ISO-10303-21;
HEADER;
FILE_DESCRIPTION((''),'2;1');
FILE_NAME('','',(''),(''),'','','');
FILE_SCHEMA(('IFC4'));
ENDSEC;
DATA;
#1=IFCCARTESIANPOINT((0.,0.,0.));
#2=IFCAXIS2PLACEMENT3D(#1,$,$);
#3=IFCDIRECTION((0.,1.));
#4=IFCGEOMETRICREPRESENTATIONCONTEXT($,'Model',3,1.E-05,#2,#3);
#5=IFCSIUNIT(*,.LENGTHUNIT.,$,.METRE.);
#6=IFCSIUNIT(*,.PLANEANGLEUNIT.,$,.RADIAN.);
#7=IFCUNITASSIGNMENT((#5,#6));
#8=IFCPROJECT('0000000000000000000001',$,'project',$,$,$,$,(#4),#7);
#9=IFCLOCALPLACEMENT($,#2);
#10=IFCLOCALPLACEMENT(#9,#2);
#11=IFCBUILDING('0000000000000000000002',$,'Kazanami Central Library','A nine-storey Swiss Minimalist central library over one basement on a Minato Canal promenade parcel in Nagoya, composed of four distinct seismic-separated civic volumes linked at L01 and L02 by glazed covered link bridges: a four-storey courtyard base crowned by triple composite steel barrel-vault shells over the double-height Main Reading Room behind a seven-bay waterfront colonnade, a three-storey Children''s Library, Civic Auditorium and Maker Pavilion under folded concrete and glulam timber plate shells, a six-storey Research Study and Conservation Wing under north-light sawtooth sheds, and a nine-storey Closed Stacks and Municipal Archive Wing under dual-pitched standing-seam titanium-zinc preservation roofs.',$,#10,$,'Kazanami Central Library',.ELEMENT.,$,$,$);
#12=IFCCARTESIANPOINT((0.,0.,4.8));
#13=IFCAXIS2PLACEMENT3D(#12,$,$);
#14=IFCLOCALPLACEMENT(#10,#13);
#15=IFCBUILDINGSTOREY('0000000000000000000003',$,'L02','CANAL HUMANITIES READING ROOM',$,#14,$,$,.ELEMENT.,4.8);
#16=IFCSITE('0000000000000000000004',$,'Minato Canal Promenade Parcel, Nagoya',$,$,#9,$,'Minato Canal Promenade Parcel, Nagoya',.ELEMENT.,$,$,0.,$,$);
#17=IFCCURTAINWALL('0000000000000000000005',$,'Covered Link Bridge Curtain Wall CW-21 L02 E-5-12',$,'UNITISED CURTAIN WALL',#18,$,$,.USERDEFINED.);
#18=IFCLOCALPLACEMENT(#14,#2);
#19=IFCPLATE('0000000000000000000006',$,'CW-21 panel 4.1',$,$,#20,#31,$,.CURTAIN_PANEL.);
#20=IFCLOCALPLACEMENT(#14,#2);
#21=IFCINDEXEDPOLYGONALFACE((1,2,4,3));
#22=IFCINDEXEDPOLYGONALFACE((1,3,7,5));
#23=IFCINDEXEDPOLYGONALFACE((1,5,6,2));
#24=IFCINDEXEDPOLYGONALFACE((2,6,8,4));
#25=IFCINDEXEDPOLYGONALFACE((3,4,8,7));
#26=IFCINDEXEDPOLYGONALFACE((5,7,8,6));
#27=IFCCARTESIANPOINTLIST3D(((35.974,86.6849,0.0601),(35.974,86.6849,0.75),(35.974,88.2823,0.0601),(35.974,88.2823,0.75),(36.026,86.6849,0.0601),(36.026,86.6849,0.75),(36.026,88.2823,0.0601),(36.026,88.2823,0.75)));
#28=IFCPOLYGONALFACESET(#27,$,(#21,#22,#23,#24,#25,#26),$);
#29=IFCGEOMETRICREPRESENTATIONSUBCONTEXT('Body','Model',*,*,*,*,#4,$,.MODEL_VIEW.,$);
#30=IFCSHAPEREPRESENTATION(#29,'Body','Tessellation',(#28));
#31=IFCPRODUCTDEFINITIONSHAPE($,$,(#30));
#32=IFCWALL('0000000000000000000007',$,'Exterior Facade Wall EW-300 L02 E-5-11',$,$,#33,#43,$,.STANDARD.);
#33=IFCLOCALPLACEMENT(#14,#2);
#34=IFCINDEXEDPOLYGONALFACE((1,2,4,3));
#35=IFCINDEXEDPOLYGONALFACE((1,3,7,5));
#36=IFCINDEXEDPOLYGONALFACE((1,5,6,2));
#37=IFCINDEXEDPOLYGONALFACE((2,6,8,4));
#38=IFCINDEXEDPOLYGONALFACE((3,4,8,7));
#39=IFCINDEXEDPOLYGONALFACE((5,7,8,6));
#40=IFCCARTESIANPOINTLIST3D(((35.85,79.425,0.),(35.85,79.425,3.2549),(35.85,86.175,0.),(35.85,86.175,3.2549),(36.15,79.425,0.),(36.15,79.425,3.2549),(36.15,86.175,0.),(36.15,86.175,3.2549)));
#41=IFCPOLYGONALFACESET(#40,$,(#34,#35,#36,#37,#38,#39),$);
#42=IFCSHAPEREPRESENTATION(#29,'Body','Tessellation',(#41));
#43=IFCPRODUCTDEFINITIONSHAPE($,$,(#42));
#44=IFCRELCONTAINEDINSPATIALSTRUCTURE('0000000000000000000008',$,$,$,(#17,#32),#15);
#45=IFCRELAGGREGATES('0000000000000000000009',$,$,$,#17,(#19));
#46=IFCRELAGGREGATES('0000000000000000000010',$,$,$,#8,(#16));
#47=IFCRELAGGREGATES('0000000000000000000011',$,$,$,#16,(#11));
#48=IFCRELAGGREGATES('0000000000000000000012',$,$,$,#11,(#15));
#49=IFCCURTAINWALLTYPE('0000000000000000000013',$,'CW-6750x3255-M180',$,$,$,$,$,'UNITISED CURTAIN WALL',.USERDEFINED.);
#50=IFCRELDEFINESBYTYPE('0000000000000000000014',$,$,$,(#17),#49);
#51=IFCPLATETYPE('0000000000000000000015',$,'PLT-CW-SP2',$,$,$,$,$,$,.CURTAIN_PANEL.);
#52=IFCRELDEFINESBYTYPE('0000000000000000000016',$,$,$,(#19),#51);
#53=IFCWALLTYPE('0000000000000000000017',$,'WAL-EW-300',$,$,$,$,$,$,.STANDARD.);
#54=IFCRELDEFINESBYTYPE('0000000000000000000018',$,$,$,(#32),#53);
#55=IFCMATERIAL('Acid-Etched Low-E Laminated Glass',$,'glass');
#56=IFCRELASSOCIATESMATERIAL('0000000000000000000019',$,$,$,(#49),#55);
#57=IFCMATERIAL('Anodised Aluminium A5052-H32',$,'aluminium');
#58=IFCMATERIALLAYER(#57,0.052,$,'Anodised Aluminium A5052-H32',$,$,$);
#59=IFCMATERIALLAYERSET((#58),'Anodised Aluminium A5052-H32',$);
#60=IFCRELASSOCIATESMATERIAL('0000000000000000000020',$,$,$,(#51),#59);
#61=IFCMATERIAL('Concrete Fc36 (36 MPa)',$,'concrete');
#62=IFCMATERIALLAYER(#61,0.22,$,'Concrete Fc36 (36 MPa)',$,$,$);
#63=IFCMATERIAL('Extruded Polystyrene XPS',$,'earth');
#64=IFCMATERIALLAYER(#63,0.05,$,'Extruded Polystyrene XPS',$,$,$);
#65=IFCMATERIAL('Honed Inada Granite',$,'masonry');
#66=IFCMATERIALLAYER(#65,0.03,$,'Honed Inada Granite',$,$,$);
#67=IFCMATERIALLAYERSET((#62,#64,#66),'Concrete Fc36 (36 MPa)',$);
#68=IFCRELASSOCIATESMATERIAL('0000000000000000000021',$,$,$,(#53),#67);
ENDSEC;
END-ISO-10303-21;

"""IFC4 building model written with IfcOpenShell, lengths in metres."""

from ifc_helpers import new_model, si_unit, direction, frame, frame_2d, origin, origin_2d, place, context, subcontext, project, spatial, rectangle, extrude, material, layer, layer_set, type_object, element, aggregate, save


model = new_model("IFC4")

# Units and contexts
model_context = context("Model", 3, precision=1e-05, world=origin(), true_north=direction((0.0, 1.0)))
body_context = subcontext(model_context, "Body", "Model", "MODEL_VIEW")
ifc_project = project(units=[si_unit("LENGTHUNIT", "METRE"), si_unit("PLANEANGLEUNIT", "RADIAN")], contexts=[model_context])

# Site, building, storey
site_placement = place(None, origin())
site = spatial("IfcSite", under=ifc_project, at=site_placement, Name="Minato Canal Promenade Parcel, Nagoya", LongName="Minato Canal Promenade Parcel, Nagoya", CompositionType="ELEMENT", RefElevation=0.0)
building_placement = place(site_placement, origin())
building = spatial("IfcBuilding", under=site, at=building_placement, Name="Kazanami Central Library", Description="A nine-storey Swiss Minimalist central library over one basement on a Minato Canal promenade parcel in Nagoya, composed of four distinct seismic-separated civic volumes linked at L01 and L02 by glazed covered link bridges: a four-storey courtyard base crowned by triple composite steel barrel-vault shells over the double-height Main Reading Room behind a seven-bay waterfront colonnade, a three-storey Children's Library, Civic Auditorium and Maker Pavilion under folded concrete and glulam timber plate shells, a six-storey Research Study and Conservation Wing under north-light sawtooth sheds, and a nine-storey Closed Stacks and Municipal Archive Wing under dual-pitched standing-seam titanium-zinc preservation roofs.", LongName="Kazanami Central Library", CompositionType="ELEMENT")
storey_placement = place(building_placement, frame((0.0, 0.0, 4.8)))
storey = spatial("IfcBuildingStorey", under=building, at=storey_placement, Name="L02", Description="CANAL HUMANITIES READING ROOM", CompositionType="ELEMENT", Elevation=4.8)

# Shared definitions
ifc_material_1 = material(Name="Acid-Etched Low-E Laminated Glass", Category="glass")
curtain_wall_type = type_object("IfcCurtainWallType", Name="CW-6750x3255-M180", ElementType="UNITISED CURTAIN WALL", PredefinedType="USERDEFINED", material=ifc_material_1)

# Curtain wall
curtain_wall_1_placement = place(storey_placement, origin())
curtain_wall_1 = element("IfcCurtainWall", 1, at=curtain_wall_1_placement, inside=storey, type_object=curtain_wall_type, Name="Covered Link Bridge Curtain Wall CW-21 L02 E-5-12", ObjectType="UNITISED CURTAIN WALL", PredefinedType="USERDEFINED")

# Plate
ifc_material_2 = material(Name="Anodised Aluminium A5052-H32", Category="aluminium")
ifc_layer_1 = layer(ifc_material_2, 0.052, Name="Anodised Aluminium A5052-H32")
ifc_layer_set_1 = layer_set([ifc_layer_1], Name="Anodised Aluminium A5052-H32")
plate_type_1 = type_object("IfcPlateType", Name="PLT-CW-SP2", PredefinedType="CURTAIN_PANEL", material=ifc_layer_set_1)
plate_1_placement = place(storey_placement, frame((36.0, 87.4836, 0.0601), z_axis=(0.0, 0.0, 1.0), x_axis=(0.0, -1.0, 0.0)))
plate_1 = element("IfcPlate", 2, at=plate_1_placement, type_object=plate_type_1, Name="CW-21 panel 4.1", PredefinedType="CURTAIN_PANEL", context=body_context, shape_type="SweptSolid", body=[
    extrude(rectangle(XDim=1.5974, YDim=0.052, at=origin_2d()), origin(), (0.0, 0.0, 1.0), 0.6899),
])
aggregate(curtain_wall_1, [plate_1])

# Wall
ifc_material_3 = material(Name="Concrete Fc36 (36 MPa)", Category="concrete")
ifc_layer_2 = layer(ifc_material_3, 0.22, Name="Concrete Fc36 (36 MPa)")
ifc_material_4 = material(Name="Extruded Polystyrene XPS", Category="earth")
ifc_layer_3 = layer(ifc_material_4, 0.05, Name="Extruded Polystyrene XPS")
ifc_material_5 = material(Name="Honed Inada Granite", Category="masonry")
ifc_layer_4 = layer(ifc_material_5, 0.03, Name="Honed Inada Granite")
ifc_layer_set_2 = layer_set([ifc_layer_2, ifc_layer_3, ifc_layer_4], Name="Concrete Fc36 (36 MPa)")
wall_type = type_object("IfcWallType", Name="WAL-EW-300", PredefinedType="STANDARD", material=ifc_layer_set_2)
wall_placement = place(storey_placement, frame((36.0, 86.175, 0.0), z_axis=(0.0, 0.0, 1.0), x_axis=(0.0, -1.0, 0.0)))
element("IfcWall", 3, at=wall_placement, inside=storey, type_object=wall_type, Name="Exterior Facade Wall EW-300 L02 E-5-11", PredefinedType="STANDARD", context=body_context, shape_type="SweptSolid", body=[
    extrude(rectangle(XDim=6.75, YDim=0.3, at=frame_2d((3.375, 0.0))), origin(), (0.0, 0.0, 1.0), 3.2549),
])

save(model, "model.ifc")
